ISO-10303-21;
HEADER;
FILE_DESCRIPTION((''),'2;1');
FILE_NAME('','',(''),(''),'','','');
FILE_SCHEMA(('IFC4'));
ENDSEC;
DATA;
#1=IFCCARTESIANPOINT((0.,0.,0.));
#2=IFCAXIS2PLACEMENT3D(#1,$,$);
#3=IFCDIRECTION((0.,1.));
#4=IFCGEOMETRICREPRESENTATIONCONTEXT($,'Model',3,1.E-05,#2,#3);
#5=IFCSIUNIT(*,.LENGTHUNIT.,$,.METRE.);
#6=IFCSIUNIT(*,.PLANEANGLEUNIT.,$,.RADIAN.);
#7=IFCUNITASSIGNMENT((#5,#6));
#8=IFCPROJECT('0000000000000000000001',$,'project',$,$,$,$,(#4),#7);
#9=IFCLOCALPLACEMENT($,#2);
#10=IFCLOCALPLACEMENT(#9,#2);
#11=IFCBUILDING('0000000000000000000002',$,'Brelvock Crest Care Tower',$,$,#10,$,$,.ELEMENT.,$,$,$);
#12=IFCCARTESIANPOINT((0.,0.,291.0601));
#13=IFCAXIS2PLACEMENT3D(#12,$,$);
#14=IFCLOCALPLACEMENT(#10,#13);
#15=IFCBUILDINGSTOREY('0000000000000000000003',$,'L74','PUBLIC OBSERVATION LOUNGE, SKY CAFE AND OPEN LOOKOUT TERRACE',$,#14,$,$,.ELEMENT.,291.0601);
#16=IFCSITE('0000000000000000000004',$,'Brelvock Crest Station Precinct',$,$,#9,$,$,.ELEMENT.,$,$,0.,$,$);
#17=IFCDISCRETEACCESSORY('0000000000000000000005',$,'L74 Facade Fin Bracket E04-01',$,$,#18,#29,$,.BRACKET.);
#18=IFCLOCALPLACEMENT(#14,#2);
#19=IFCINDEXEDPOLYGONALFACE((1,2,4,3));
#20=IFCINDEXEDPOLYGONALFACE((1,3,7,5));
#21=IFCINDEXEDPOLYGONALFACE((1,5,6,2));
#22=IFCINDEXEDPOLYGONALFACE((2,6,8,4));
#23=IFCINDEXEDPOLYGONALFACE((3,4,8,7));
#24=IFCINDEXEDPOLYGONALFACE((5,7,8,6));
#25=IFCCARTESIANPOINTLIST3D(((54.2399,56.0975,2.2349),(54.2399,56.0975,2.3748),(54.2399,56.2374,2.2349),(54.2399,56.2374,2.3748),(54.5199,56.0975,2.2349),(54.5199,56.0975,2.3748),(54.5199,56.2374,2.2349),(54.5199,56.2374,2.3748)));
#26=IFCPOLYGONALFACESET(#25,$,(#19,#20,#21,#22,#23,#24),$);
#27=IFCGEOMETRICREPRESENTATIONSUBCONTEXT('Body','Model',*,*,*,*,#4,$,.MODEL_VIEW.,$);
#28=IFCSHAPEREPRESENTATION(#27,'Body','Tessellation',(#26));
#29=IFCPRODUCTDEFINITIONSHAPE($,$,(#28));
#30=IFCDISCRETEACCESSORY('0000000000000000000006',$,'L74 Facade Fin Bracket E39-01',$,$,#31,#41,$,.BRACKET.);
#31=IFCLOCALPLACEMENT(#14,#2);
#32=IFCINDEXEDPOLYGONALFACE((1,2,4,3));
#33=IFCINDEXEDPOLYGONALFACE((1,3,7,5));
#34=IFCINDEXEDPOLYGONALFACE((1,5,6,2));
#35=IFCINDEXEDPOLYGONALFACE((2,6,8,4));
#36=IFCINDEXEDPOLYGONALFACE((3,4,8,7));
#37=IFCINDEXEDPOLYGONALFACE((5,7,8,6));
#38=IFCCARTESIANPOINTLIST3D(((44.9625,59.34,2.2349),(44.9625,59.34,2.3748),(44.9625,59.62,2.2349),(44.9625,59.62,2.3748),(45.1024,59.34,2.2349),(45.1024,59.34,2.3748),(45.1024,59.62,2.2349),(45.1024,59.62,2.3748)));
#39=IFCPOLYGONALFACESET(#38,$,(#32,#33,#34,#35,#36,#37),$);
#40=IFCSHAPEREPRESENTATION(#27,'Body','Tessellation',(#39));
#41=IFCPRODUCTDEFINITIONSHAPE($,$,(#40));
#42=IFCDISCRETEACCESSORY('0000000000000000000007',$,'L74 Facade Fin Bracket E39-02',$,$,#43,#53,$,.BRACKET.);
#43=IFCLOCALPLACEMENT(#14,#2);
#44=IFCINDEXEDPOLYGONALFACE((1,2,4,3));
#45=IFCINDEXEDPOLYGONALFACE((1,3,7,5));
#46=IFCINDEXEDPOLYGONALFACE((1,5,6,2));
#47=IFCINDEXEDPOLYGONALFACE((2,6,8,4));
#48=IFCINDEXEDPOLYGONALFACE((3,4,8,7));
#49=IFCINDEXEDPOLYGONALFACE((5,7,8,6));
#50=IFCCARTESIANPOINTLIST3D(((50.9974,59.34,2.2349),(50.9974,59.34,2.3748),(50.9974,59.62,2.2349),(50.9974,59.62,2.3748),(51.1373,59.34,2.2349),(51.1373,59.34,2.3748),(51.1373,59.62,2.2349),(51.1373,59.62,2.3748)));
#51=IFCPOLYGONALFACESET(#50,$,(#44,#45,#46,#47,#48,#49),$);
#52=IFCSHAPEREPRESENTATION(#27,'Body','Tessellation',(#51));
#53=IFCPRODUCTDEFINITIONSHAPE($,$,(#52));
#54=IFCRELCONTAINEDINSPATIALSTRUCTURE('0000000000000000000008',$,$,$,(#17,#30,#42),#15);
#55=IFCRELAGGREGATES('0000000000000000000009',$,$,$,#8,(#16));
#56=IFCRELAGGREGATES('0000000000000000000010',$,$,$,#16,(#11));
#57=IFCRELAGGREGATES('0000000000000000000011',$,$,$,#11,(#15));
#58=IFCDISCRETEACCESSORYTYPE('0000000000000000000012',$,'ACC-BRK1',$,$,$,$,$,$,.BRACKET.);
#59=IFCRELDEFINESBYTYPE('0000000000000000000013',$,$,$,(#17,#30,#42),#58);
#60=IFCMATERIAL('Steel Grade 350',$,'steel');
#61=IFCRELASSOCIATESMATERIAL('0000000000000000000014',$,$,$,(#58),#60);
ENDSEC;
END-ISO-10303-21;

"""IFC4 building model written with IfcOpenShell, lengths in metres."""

from ifc_helpers import new_model, si_unit, direction, frame, origin, origin_2d, place, context, subcontext, project, spatial, rectangle, extrude, source, transform, mapped, material, type_object, element, save


model = new_model("IFC4")

# Units and contexts
model_context = context("Model", 3, precision=1e-05, world=origin(), true_north=direction((0.0, 1.0)))
body_context = subcontext(model_context, "Body", "Model", "MODEL_VIEW")
ifc_project = project(units=[si_unit("LENGTHUNIT", "METRE"), si_unit("PLANEANGLEUNIT", "RADIAN")], contexts=[model_context])

# Site, building, storey
site_placement = place(None, origin())
site = spatial("IfcSite", under=ifc_project, at=site_placement, Name="Brelvock Crest Station Precinct", CompositionType="ELEMENT", RefElevation=0.0)
building_placement = place(site_placement, origin())
building = spatial("IfcBuilding", under=site, at=building_placement, Name="Brelvock Crest Care Tower", CompositionType="ELEMENT")
storey_placement = place(building_placement, frame((0.0, 0.0, 291.0601)))
storey = spatial("IfcBuildingStorey", under=building, at=storey_placement, Name="L74", Description="PUBLIC OBSERVATION LOUNGE, SKY CAFE AND OPEN LOOKOUT TERRACE", CompositionType="ELEMENT", Elevation=291.0601)

# Shared definitions
ifc_material_1 = material(Name="Steel Grade 350", Category="steel")

# Discrete accessories
discrete_accessory_type = type_object("IfcDiscreteAccessoryType", Name="ACC-BRK1", PredefinedType="BRACKET", material=ifc_material_1)
shared_shape_1 = source(origin(), body_context, "Body", "SweptSolid", [
    extrude(rectangle(XDim=0.28, YDim=0.1399, at=origin_2d()), origin(), (0.0, 0.0, 1.0), 0.1399),
])
for number, where, z_axis, x_axis, name in (
    (1, (54.3799, 56.1675, 2.2349), (0.0, 0.0, 1.0), (1.0, 0.0, 0.0), "L74 Facade Fin Bracket E04-01"),
    (2, (45.0325, 59.48, 2.2349), (0.0, 0.0, 1.0), (0.0, 1.0, 0.0), "L74 Facade Fin Bracket E39-01"),
    (3, (51.0674, 59.48, 2.2349), (0.0, 0.0, 1.0), (0.0, 1.0, 0.0), "L74 Facade Fin Bracket E39-02"),
):
    element("IfcDiscreteAccessory", number, at=place(storey_placement, frame(where, z_axis=z_axis, x_axis=x_axis)), inside=storey, type_object=discrete_accessory_type, Name=name, PredefinedType="BRACKET", context=body_context, shape_type="MappedRepresentation", body=[
        mapped(shared_shape_1, transform((0.0, 0.0, 0.0), x_axis=(1.0, 0.0, 0.0), y_axis=(0.0, 1.0, 0.0), z_axis=(0.0, 0.0, 1.0), scale=1.0)),
    ])

save(model, "model.ifc")
